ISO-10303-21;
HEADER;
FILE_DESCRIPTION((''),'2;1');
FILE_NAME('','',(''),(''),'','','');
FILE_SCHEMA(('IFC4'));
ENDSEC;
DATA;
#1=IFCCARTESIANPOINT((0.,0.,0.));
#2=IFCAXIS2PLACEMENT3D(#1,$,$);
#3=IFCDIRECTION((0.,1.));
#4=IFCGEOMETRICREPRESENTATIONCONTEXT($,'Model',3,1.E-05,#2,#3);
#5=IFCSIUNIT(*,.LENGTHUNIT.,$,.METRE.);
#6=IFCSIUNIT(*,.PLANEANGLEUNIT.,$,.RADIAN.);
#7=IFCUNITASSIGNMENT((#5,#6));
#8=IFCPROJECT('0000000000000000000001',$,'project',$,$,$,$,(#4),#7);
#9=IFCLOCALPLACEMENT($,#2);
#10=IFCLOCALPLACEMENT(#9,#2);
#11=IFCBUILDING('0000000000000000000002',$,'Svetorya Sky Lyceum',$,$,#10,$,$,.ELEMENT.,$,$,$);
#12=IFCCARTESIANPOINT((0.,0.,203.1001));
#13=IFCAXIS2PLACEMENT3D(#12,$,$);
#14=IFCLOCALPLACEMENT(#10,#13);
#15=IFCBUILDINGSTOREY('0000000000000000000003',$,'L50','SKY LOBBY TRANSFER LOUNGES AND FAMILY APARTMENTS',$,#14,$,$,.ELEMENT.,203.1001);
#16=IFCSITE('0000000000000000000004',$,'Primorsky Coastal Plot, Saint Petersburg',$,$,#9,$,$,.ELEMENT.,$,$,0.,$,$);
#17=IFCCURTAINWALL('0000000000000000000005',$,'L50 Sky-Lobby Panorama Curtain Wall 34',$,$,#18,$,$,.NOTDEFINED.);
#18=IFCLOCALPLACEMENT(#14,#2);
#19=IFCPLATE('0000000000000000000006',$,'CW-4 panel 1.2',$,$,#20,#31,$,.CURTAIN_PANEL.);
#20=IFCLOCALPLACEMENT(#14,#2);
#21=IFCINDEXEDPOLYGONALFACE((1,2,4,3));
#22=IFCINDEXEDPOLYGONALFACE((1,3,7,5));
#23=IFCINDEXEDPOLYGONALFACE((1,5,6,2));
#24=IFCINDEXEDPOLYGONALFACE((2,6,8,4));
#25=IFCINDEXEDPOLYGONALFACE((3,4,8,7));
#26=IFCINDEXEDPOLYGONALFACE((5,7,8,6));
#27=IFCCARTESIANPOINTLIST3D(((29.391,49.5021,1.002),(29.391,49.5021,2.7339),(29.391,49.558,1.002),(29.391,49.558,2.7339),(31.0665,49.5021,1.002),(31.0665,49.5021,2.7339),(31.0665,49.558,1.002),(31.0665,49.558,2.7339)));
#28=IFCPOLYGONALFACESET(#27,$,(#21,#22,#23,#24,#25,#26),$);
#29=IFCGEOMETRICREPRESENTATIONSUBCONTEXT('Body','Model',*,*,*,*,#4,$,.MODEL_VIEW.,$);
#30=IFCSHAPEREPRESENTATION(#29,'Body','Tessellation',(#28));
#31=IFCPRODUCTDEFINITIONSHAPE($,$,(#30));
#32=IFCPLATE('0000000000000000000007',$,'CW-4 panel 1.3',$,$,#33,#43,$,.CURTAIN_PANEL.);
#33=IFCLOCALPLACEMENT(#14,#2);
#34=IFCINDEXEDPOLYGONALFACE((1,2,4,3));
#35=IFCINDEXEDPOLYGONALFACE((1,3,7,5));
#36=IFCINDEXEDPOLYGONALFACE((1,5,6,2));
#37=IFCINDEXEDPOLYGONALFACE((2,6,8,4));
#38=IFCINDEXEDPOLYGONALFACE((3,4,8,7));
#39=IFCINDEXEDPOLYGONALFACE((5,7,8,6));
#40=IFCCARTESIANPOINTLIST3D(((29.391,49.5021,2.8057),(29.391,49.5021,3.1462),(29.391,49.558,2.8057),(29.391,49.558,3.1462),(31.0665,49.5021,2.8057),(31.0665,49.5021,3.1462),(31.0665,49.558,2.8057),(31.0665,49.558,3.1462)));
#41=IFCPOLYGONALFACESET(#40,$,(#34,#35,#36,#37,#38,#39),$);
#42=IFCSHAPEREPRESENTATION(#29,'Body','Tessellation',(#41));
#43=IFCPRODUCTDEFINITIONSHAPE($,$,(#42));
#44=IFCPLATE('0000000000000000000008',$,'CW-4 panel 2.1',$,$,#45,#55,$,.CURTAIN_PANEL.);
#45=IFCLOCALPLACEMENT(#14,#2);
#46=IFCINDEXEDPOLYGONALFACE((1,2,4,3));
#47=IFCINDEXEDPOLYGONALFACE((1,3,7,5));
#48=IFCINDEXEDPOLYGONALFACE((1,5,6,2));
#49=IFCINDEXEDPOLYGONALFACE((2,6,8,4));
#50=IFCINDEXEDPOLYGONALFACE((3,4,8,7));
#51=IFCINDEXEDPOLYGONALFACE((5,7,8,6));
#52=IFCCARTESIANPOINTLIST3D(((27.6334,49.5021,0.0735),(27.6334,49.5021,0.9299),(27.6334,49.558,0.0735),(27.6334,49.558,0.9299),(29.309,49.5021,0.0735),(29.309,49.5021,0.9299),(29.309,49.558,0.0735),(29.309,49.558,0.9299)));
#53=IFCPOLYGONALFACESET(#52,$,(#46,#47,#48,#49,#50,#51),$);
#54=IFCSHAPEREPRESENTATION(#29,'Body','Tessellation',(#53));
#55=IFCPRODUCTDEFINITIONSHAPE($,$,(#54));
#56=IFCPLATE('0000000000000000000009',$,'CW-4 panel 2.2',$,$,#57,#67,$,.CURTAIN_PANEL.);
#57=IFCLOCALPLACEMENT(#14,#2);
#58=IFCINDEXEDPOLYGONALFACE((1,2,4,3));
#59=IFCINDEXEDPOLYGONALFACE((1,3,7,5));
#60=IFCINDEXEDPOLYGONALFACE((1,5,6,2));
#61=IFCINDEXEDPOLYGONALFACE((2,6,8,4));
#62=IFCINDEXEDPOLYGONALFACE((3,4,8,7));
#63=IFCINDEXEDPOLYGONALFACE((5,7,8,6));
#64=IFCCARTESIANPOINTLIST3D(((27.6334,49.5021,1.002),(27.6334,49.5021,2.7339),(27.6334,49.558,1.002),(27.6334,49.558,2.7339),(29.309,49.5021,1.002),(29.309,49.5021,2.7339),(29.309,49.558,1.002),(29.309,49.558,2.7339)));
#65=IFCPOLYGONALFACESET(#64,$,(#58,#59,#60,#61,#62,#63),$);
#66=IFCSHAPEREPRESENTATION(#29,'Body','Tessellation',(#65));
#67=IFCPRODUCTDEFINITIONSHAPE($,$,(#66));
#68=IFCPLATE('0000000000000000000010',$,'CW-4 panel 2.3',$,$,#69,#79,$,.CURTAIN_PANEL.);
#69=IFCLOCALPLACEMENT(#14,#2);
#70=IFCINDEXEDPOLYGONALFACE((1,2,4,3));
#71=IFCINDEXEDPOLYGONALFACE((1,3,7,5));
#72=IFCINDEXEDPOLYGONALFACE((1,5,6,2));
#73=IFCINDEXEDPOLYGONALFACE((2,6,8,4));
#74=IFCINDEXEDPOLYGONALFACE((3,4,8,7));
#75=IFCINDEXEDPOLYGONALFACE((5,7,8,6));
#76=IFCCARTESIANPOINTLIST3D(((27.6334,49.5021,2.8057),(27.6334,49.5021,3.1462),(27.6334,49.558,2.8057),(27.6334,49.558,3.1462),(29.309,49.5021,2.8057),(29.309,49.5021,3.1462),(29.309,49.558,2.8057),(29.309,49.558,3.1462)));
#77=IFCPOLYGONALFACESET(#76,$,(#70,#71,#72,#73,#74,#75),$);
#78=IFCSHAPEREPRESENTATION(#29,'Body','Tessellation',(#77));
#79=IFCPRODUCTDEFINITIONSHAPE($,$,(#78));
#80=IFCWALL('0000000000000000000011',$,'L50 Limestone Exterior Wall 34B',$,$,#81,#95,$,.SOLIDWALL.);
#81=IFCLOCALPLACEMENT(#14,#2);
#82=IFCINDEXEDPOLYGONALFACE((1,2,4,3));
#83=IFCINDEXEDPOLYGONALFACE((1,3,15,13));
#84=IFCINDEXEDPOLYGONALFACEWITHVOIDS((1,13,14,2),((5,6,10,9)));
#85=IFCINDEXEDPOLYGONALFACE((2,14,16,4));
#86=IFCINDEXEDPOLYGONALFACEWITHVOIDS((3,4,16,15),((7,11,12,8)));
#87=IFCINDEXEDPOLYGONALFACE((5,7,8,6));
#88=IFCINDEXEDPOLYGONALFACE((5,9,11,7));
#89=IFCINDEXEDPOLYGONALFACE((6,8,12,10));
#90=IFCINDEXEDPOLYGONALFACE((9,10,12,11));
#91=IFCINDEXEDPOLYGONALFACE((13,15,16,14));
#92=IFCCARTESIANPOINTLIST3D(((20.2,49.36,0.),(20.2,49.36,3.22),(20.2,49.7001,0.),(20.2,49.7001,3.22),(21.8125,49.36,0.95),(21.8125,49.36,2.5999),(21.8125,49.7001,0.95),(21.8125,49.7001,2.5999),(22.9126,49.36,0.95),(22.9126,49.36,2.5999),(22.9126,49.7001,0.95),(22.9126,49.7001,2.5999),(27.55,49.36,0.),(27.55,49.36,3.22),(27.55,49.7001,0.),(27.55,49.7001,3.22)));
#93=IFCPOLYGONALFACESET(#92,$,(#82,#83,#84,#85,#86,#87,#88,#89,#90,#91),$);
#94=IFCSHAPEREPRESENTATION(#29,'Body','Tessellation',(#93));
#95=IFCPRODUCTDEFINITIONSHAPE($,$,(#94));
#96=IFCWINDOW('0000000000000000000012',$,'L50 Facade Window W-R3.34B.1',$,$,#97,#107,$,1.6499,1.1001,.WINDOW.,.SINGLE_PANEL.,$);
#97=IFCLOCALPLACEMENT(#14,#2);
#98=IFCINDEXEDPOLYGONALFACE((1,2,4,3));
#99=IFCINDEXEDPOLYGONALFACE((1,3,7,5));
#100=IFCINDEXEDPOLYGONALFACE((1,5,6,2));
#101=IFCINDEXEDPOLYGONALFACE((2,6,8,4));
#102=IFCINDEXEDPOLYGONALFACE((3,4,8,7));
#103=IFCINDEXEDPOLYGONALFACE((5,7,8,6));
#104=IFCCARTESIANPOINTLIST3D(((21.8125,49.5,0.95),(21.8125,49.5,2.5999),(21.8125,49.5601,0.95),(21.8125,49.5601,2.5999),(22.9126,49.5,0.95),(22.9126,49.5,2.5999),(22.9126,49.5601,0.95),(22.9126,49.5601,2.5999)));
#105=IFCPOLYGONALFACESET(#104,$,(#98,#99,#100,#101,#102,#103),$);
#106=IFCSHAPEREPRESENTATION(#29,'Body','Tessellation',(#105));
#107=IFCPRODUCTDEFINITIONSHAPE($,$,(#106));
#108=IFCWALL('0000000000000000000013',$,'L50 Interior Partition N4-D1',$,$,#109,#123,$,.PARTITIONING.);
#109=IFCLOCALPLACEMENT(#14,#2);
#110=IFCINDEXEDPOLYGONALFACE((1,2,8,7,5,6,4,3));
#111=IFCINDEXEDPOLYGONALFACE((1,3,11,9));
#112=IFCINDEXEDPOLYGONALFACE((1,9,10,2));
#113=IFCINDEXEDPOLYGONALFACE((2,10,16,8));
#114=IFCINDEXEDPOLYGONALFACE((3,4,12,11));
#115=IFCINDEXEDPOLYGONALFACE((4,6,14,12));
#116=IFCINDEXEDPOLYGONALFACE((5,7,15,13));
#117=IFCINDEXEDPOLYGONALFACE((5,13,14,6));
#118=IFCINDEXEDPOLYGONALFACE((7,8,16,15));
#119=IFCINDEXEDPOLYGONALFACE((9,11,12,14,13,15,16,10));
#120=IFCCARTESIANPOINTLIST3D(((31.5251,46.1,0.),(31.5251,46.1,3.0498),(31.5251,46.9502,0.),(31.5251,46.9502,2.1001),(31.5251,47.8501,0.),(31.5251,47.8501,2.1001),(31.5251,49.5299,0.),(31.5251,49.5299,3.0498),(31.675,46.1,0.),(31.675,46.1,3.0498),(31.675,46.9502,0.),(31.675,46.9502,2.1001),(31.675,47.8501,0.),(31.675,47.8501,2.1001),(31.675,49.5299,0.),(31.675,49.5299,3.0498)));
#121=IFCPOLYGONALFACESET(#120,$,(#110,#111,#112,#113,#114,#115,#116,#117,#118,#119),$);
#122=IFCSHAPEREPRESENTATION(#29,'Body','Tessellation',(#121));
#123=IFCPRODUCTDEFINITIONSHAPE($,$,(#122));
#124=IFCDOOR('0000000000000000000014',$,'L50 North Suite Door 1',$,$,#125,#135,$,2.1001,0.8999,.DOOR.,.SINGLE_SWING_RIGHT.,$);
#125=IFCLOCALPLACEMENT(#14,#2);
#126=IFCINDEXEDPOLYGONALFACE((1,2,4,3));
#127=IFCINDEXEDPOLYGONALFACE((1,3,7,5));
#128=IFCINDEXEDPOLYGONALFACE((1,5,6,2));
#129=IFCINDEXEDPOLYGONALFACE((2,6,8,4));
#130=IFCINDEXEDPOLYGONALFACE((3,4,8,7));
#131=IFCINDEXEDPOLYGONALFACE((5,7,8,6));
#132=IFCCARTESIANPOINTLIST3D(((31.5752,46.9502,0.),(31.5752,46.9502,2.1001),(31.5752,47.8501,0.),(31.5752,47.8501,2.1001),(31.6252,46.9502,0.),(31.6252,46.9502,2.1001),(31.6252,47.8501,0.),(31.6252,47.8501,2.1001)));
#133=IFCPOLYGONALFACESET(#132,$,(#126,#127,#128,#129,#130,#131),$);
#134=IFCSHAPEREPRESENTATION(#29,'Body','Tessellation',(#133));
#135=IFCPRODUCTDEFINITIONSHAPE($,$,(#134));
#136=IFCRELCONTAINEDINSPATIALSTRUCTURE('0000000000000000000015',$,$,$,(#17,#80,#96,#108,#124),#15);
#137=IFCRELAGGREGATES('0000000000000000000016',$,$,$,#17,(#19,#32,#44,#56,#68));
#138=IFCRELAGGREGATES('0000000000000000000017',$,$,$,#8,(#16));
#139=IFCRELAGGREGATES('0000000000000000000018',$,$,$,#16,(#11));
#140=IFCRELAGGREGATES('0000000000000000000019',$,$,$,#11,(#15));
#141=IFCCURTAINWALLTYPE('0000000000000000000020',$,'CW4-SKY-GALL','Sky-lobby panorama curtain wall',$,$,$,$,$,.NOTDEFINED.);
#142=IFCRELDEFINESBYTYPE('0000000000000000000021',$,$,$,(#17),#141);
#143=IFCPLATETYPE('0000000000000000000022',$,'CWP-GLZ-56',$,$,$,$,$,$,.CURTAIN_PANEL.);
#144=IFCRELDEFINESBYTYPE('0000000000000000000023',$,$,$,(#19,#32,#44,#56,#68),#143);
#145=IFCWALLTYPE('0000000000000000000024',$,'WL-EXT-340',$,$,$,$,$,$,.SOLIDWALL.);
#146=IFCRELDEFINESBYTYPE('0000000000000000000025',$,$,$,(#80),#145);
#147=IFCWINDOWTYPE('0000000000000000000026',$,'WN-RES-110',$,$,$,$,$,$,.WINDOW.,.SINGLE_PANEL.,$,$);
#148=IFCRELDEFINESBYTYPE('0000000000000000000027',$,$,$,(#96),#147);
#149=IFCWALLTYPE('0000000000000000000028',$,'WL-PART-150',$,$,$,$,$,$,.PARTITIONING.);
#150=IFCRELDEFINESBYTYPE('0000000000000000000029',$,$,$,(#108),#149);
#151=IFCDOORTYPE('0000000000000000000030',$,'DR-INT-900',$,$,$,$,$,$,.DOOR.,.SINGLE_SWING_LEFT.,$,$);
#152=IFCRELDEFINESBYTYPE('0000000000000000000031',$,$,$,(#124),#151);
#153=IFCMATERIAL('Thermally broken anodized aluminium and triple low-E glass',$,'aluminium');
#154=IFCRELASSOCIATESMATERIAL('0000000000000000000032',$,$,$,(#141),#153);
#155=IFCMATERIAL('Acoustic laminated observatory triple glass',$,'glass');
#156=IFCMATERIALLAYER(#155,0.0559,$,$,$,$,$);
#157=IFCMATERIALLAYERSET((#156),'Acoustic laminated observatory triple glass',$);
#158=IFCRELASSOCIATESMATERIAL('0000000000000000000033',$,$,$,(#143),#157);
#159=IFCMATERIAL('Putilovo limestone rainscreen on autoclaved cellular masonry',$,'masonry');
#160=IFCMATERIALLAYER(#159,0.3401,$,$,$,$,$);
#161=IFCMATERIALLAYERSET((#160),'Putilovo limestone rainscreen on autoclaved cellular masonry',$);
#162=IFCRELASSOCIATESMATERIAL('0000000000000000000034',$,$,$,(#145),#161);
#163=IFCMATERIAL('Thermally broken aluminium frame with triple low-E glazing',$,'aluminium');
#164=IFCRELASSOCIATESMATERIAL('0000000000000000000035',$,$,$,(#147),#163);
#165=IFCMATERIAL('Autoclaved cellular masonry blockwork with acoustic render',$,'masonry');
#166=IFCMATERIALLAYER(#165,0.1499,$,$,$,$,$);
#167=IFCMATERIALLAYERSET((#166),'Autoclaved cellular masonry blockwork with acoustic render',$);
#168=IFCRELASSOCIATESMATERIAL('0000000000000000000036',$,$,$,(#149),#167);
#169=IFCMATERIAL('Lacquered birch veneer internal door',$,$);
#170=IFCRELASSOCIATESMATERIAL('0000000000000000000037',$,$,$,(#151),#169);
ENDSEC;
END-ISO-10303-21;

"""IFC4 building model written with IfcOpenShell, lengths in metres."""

from ifc_helpers import new_model, si_unit, direction, frame, frame_2d, origin, origin_2d, place, context, subcontext, project, spatial, rectangle, extrude, material, layer, layer_set, type_object, element, fill, aggregate, save


model = new_model("IFC4")

# Units and contexts
model_context = context("Model", 3, precision=1e-05, world=origin(), true_north=direction((0.0, 1.0)))
body_context = subcontext(model_context, "Body", "Model", "MODEL_VIEW")
ifc_project = project(units=[si_unit("LENGTHUNIT", "METRE"), si_unit("PLANEANGLEUNIT", "RADIAN")], contexts=[model_context])

# Site, building, storey
site_placement = place(None, origin())
site = spatial("IfcSite", under=ifc_project, at=site_placement, Name="Primorsky Coastal Plot, Saint Petersburg", CompositionType="ELEMENT", RefElevation=0.0)
building_placement = place(site_placement, origin())
building = spatial("IfcBuilding", under=site, at=building_placement, Name="Svetorya Sky Lyceum", CompositionType="ELEMENT")
storey_placement = place(building_placement, frame((0.0, 0.0, 203.1001)))
storey = spatial("IfcBuildingStorey", under=building, at=storey_placement, Name="L50", Description="SKY LOBBY TRANSFER LOUNGES AND FAMILY APARTMENTS", CompositionType="ELEMENT", Elevation=203.1001)

# Curtain wall, plates
ifc_material_1 = material(Name="Thermally broken anodized aluminium and triple low-E glass", Category="aluminium")
curtain_wall_type = type_object("IfcCurtainWallType", Name="CW4-SKY-GALL", Description="Sky-lobby panorama curtain wall", PredefinedType="NOTDEFINED", material=ifc_material_1)
curtain_wall_placement = place(storey_placement, origin())
curtain_wall = element("IfcCurtainWall", 1, at=curtain_wall_placement, inside=storey, type_object=curtain_wall_type, Name="L50 Sky-Lobby Panorama Curtain Wall 34", PredefinedType="NOTDEFINED")
ifc_material_2 = material(Name="Acoustic laminated observatory triple glass", Category="glass")
ifc_layer_1 = layer(ifc_material_2, 0.0559)
ifc_layer_set_1 = layer_set([ifc_layer_1], Name="Acoustic laminated observatory triple glass")
plate_type = type_object("IfcPlateType", Name="CWP-GLZ-56", PredefinedType="CURTAIN_PANEL", material=ifc_layer_set_1)
plate_1_placement = place(storey_placement, frame((30.2288, 49.53, 1.002), z_axis=(0.0, 0.0, 1.0), x_axis=(-1.0, 0.0, 0.0)))
plate_1 = element("IfcPlate", 2, at=plate_1_placement, type_object=plate_type, Name="CW-4 panel 1.2", PredefinedType="CURTAIN_PANEL", context=body_context, shape_type="SweptSolid", body=[
    extrude(rectangle(XDim=1.6755, YDim=0.0559, at=origin_2d()), origin(), (0.0, 0.0, 1.0), 1.7319),
])
plate_2_placement = place(storey_placement, frame((30.2288, 49.53, 2.8057), z_axis=(0.0, 0.0, 1.0), x_axis=(-1.0, 0.0, 0.0)))
plate_2 = element("IfcPlate", 3, at=plate_2_placement, type_object=plate_type, Name="CW-4 panel 1.3", PredefinedType="CURTAIN_PANEL", context=body_context, shape_type="SweptSolid", body=[
    extrude(rectangle(XDim=1.6755, YDim=0.0559, at=origin_2d()), origin(), (0.0, 0.0, 1.0), 0.3406),
])
plate_3_placement = place(storey_placement, frame((28.4712, 49.53, 0.0735), z_axis=(0.0, 0.0, 1.0), x_axis=(-1.0, 0.0, 0.0)))
plate_3 = element("IfcPlate", 4, at=plate_3_placement, type_object=plate_type, Name="CW-4 panel 2.1", PredefinedType="CURTAIN_PANEL", context=body_context, shape_type="SweptSolid", body=[
    extrude(rectangle(XDim=1.6755, YDim=0.0559, at=origin_2d()), origin(), (0.0, 0.0, 1.0), 0.8564),
])
plate_4_placement = place(storey_placement, frame((28.4712, 49.53, 1.002), z_axis=(0.0, 0.0, 1.0), x_axis=(-1.0, 0.0, 0.0)))
plate_4 = element("IfcPlate", 5, at=plate_4_placement, type_object=plate_type, Name="CW-4 panel 2.2", PredefinedType="CURTAIN_PANEL", context=body_context, shape_type="SweptSolid", body=[
    extrude(rectangle(XDim=1.6755, YDim=0.0559, at=origin_2d()), origin(), (0.0, 0.0, 1.0), 1.7319),
])
plate_5_placement = place(storey_placement, frame((28.4712, 49.53, 2.8057), z_axis=(0.0, 0.0, 1.0), x_axis=(-1.0, 0.0, 0.0)))
plate_5 = element("IfcPlate", 6, at=plate_5_placement, type_object=plate_type, Name="CW-4 panel 2.3", PredefinedType="CURTAIN_PANEL", context=body_context, shape_type="SweptSolid", body=[
    extrude(rectangle(XDim=1.6755, YDim=0.0559, at=origin_2d()), origin(), (0.0, 0.0, 1.0), 0.3406),
])
aggregate(curtain_wall, [plate_1, plate_2, plate_3, plate_4, plate_5])

# Wall, opening, window
ifc_material_3 = material(Name="Putilovo limestone rainscreen on autoclaved cellular masonry", Category="masonry")
ifc_layer_2 = layer(ifc_material_3, 0.3401)
ifc_layer_set_2 = layer_set([ifc_layer_2], Name="Putilovo limestone rainscreen on autoclaved cellular masonry")
wall_type_1 = type_object("IfcWallType", Name="WL-EXT-340", PredefinedType="SOLIDWALL", material=ifc_layer_set_2)
wall_1_placement = place(storey_placement, frame((27.55, 49.53, 0.0), z_axis=(0.0, 0.0, 1.0), x_axis=(-1.0, 0.0, 0.0)))
wall_1 = element("IfcWall", 7, at=wall_1_placement, inside=storey, type_object=wall_type_1, Name="L50 Limestone Exterior Wall 34B", PredefinedType="SOLIDWALL", context=body_context, shape_type="SweptSolid", body=[
    extrude(rectangle(XDim=7.3501, YDim=0.3401, at=frame_2d((3.675, 0.0))), origin(), (0.0, 0.0, 1.0), 3.22),
])
opening_1_placement = place(wall_1_placement, frame((4.6375, 0.0, 0.95)))
opening_1 = element("IfcOpeningElement", 8, at=opening_1_placement, cuts=wall_1, PredefinedType="OPENING", context=body_context, shape_type="SweptSolid", body=[
    extrude(rectangle(XDim=1.1001, YDim=1.6499, at=frame_2d((0.55, 0.825))), frame((0.0, 0.1799, 0.0), z_axis=(0.0, -1.0, 0.0), x_axis=(1.0, 0.0, 0.0)), (0.0, 0.0, 1.0), 0.3601),
])
ifc_material_4 = material(Name="Thermally broken aluminium frame with triple low-E glazing", Category="aluminium")
window_type = type_object("IfcWindowType", Name="WN-RES-110", PartitioningType="SINGLE_PANEL", PredefinedType="WINDOW", material=ifc_material_4)
window_placement = place(opening_1_placement, origin())
window = element("IfcWindow", 9, at=window_placement, inside=storey, type_object=window_type, Name="L50 Facade Window W-R3.34B.1", OverallHeight=1.6499, OverallWidth=1.1001, PartitioningType="SINGLE_PANEL", PredefinedType="WINDOW", context=body_context, shape_type="SweptSolid", body=[
    extrude(rectangle(XDim=1.1001, YDim=1.6499, at=frame_2d((0.55, 0.825))), frame((0.0, 0.03, 0.0), z_axis=(0.0, -1.0, 0.0), x_axis=(1.0, 0.0, 0.0)), (0.0, 0.0, 1.0), 0.0601),
])
fill(opening_1, window)

# Wall, opening, door
ifc_material_5 = material(Name="Autoclaved cellular masonry blockwork with acoustic render", Category="masonry")
ifc_layer_3 = layer(ifc_material_5, 0.1499)
ifc_layer_set_3 = layer_set([ifc_layer_3], Name="Autoclaved cellular masonry blockwork with acoustic render")
wall_type_2 = type_object("IfcWallType", Name="WL-PART-150", PredefinedType="PARTITIONING", material=ifc_layer_set_3)
wall_2_placement = place(storey_placement, frame((31.6001, 46.1001, 0.0), z_axis=(0.0, 0.0, 1.0), x_axis=(0.0, 1.0, 0.0)))
wall_2 = element("IfcWall", 10, at=wall_2_placement, inside=storey, type_object=wall_type_2, Name="L50 Interior Partition N4-D1", PredefinedType="PARTITIONING", context=body_context, shape_type="SweptSolid", body=[
    extrude(rectangle(XDim=3.4299, YDim=0.1499, at=frame_2d((1.7148, 0.0))), origin(), (0.0, 0.0, 1.0), 3.0498),
])
opening_2_placement = place(wall_2_placement, frame((0.8501, 0.0, 0.0)))
opening_2 = element("IfcOpeningElement", 11, at=opening_2_placement, cuts=wall_2, PredefinedType="OPENING", context=body_context, shape_type="SweptSolid", body=[
    extrude(rectangle(XDim=0.8999, YDim=2.1001, at=frame_2d((0.45, 1.05))), frame((0.0, 0.085, 0.0), z_axis=(0.0, -1.0, 0.0), x_axis=(1.0, 0.0, 0.0)), (0.0, 0.0, 1.0), 0.1699),
])
ifc_material_6 = material(Name="Lacquered birch veneer internal door")
door_type = type_object("IfcDoorType", Name="DR-INT-900", OperationType="SINGLE_SWING_LEFT", PredefinedType="DOOR", material=ifc_material_6)
door_placement = place(opening_2_placement, origin())
door = element("IfcDoor", 12, at=door_placement, inside=storey, type_object=door_type, Name="L50 North Suite Door 1", OperationType="SINGLE_SWING_RIGHT", OverallHeight=2.1001, OverallWidth=0.8999, PredefinedType="DOOR", context=body_context, shape_type="SweptSolid", body=[
    extrude(rectangle(XDim=0.8999, YDim=2.1001, at=frame_2d((0.45, 1.05))), frame((0.0, 0.0249, 0.0), z_axis=(0.0, -1.0, 0.0), x_axis=(1.0, 0.0, 0.0)), (0.0, 0.0, 1.0), 0.05),
])
fill(opening_2, door)

save(model, "model.ifc")
